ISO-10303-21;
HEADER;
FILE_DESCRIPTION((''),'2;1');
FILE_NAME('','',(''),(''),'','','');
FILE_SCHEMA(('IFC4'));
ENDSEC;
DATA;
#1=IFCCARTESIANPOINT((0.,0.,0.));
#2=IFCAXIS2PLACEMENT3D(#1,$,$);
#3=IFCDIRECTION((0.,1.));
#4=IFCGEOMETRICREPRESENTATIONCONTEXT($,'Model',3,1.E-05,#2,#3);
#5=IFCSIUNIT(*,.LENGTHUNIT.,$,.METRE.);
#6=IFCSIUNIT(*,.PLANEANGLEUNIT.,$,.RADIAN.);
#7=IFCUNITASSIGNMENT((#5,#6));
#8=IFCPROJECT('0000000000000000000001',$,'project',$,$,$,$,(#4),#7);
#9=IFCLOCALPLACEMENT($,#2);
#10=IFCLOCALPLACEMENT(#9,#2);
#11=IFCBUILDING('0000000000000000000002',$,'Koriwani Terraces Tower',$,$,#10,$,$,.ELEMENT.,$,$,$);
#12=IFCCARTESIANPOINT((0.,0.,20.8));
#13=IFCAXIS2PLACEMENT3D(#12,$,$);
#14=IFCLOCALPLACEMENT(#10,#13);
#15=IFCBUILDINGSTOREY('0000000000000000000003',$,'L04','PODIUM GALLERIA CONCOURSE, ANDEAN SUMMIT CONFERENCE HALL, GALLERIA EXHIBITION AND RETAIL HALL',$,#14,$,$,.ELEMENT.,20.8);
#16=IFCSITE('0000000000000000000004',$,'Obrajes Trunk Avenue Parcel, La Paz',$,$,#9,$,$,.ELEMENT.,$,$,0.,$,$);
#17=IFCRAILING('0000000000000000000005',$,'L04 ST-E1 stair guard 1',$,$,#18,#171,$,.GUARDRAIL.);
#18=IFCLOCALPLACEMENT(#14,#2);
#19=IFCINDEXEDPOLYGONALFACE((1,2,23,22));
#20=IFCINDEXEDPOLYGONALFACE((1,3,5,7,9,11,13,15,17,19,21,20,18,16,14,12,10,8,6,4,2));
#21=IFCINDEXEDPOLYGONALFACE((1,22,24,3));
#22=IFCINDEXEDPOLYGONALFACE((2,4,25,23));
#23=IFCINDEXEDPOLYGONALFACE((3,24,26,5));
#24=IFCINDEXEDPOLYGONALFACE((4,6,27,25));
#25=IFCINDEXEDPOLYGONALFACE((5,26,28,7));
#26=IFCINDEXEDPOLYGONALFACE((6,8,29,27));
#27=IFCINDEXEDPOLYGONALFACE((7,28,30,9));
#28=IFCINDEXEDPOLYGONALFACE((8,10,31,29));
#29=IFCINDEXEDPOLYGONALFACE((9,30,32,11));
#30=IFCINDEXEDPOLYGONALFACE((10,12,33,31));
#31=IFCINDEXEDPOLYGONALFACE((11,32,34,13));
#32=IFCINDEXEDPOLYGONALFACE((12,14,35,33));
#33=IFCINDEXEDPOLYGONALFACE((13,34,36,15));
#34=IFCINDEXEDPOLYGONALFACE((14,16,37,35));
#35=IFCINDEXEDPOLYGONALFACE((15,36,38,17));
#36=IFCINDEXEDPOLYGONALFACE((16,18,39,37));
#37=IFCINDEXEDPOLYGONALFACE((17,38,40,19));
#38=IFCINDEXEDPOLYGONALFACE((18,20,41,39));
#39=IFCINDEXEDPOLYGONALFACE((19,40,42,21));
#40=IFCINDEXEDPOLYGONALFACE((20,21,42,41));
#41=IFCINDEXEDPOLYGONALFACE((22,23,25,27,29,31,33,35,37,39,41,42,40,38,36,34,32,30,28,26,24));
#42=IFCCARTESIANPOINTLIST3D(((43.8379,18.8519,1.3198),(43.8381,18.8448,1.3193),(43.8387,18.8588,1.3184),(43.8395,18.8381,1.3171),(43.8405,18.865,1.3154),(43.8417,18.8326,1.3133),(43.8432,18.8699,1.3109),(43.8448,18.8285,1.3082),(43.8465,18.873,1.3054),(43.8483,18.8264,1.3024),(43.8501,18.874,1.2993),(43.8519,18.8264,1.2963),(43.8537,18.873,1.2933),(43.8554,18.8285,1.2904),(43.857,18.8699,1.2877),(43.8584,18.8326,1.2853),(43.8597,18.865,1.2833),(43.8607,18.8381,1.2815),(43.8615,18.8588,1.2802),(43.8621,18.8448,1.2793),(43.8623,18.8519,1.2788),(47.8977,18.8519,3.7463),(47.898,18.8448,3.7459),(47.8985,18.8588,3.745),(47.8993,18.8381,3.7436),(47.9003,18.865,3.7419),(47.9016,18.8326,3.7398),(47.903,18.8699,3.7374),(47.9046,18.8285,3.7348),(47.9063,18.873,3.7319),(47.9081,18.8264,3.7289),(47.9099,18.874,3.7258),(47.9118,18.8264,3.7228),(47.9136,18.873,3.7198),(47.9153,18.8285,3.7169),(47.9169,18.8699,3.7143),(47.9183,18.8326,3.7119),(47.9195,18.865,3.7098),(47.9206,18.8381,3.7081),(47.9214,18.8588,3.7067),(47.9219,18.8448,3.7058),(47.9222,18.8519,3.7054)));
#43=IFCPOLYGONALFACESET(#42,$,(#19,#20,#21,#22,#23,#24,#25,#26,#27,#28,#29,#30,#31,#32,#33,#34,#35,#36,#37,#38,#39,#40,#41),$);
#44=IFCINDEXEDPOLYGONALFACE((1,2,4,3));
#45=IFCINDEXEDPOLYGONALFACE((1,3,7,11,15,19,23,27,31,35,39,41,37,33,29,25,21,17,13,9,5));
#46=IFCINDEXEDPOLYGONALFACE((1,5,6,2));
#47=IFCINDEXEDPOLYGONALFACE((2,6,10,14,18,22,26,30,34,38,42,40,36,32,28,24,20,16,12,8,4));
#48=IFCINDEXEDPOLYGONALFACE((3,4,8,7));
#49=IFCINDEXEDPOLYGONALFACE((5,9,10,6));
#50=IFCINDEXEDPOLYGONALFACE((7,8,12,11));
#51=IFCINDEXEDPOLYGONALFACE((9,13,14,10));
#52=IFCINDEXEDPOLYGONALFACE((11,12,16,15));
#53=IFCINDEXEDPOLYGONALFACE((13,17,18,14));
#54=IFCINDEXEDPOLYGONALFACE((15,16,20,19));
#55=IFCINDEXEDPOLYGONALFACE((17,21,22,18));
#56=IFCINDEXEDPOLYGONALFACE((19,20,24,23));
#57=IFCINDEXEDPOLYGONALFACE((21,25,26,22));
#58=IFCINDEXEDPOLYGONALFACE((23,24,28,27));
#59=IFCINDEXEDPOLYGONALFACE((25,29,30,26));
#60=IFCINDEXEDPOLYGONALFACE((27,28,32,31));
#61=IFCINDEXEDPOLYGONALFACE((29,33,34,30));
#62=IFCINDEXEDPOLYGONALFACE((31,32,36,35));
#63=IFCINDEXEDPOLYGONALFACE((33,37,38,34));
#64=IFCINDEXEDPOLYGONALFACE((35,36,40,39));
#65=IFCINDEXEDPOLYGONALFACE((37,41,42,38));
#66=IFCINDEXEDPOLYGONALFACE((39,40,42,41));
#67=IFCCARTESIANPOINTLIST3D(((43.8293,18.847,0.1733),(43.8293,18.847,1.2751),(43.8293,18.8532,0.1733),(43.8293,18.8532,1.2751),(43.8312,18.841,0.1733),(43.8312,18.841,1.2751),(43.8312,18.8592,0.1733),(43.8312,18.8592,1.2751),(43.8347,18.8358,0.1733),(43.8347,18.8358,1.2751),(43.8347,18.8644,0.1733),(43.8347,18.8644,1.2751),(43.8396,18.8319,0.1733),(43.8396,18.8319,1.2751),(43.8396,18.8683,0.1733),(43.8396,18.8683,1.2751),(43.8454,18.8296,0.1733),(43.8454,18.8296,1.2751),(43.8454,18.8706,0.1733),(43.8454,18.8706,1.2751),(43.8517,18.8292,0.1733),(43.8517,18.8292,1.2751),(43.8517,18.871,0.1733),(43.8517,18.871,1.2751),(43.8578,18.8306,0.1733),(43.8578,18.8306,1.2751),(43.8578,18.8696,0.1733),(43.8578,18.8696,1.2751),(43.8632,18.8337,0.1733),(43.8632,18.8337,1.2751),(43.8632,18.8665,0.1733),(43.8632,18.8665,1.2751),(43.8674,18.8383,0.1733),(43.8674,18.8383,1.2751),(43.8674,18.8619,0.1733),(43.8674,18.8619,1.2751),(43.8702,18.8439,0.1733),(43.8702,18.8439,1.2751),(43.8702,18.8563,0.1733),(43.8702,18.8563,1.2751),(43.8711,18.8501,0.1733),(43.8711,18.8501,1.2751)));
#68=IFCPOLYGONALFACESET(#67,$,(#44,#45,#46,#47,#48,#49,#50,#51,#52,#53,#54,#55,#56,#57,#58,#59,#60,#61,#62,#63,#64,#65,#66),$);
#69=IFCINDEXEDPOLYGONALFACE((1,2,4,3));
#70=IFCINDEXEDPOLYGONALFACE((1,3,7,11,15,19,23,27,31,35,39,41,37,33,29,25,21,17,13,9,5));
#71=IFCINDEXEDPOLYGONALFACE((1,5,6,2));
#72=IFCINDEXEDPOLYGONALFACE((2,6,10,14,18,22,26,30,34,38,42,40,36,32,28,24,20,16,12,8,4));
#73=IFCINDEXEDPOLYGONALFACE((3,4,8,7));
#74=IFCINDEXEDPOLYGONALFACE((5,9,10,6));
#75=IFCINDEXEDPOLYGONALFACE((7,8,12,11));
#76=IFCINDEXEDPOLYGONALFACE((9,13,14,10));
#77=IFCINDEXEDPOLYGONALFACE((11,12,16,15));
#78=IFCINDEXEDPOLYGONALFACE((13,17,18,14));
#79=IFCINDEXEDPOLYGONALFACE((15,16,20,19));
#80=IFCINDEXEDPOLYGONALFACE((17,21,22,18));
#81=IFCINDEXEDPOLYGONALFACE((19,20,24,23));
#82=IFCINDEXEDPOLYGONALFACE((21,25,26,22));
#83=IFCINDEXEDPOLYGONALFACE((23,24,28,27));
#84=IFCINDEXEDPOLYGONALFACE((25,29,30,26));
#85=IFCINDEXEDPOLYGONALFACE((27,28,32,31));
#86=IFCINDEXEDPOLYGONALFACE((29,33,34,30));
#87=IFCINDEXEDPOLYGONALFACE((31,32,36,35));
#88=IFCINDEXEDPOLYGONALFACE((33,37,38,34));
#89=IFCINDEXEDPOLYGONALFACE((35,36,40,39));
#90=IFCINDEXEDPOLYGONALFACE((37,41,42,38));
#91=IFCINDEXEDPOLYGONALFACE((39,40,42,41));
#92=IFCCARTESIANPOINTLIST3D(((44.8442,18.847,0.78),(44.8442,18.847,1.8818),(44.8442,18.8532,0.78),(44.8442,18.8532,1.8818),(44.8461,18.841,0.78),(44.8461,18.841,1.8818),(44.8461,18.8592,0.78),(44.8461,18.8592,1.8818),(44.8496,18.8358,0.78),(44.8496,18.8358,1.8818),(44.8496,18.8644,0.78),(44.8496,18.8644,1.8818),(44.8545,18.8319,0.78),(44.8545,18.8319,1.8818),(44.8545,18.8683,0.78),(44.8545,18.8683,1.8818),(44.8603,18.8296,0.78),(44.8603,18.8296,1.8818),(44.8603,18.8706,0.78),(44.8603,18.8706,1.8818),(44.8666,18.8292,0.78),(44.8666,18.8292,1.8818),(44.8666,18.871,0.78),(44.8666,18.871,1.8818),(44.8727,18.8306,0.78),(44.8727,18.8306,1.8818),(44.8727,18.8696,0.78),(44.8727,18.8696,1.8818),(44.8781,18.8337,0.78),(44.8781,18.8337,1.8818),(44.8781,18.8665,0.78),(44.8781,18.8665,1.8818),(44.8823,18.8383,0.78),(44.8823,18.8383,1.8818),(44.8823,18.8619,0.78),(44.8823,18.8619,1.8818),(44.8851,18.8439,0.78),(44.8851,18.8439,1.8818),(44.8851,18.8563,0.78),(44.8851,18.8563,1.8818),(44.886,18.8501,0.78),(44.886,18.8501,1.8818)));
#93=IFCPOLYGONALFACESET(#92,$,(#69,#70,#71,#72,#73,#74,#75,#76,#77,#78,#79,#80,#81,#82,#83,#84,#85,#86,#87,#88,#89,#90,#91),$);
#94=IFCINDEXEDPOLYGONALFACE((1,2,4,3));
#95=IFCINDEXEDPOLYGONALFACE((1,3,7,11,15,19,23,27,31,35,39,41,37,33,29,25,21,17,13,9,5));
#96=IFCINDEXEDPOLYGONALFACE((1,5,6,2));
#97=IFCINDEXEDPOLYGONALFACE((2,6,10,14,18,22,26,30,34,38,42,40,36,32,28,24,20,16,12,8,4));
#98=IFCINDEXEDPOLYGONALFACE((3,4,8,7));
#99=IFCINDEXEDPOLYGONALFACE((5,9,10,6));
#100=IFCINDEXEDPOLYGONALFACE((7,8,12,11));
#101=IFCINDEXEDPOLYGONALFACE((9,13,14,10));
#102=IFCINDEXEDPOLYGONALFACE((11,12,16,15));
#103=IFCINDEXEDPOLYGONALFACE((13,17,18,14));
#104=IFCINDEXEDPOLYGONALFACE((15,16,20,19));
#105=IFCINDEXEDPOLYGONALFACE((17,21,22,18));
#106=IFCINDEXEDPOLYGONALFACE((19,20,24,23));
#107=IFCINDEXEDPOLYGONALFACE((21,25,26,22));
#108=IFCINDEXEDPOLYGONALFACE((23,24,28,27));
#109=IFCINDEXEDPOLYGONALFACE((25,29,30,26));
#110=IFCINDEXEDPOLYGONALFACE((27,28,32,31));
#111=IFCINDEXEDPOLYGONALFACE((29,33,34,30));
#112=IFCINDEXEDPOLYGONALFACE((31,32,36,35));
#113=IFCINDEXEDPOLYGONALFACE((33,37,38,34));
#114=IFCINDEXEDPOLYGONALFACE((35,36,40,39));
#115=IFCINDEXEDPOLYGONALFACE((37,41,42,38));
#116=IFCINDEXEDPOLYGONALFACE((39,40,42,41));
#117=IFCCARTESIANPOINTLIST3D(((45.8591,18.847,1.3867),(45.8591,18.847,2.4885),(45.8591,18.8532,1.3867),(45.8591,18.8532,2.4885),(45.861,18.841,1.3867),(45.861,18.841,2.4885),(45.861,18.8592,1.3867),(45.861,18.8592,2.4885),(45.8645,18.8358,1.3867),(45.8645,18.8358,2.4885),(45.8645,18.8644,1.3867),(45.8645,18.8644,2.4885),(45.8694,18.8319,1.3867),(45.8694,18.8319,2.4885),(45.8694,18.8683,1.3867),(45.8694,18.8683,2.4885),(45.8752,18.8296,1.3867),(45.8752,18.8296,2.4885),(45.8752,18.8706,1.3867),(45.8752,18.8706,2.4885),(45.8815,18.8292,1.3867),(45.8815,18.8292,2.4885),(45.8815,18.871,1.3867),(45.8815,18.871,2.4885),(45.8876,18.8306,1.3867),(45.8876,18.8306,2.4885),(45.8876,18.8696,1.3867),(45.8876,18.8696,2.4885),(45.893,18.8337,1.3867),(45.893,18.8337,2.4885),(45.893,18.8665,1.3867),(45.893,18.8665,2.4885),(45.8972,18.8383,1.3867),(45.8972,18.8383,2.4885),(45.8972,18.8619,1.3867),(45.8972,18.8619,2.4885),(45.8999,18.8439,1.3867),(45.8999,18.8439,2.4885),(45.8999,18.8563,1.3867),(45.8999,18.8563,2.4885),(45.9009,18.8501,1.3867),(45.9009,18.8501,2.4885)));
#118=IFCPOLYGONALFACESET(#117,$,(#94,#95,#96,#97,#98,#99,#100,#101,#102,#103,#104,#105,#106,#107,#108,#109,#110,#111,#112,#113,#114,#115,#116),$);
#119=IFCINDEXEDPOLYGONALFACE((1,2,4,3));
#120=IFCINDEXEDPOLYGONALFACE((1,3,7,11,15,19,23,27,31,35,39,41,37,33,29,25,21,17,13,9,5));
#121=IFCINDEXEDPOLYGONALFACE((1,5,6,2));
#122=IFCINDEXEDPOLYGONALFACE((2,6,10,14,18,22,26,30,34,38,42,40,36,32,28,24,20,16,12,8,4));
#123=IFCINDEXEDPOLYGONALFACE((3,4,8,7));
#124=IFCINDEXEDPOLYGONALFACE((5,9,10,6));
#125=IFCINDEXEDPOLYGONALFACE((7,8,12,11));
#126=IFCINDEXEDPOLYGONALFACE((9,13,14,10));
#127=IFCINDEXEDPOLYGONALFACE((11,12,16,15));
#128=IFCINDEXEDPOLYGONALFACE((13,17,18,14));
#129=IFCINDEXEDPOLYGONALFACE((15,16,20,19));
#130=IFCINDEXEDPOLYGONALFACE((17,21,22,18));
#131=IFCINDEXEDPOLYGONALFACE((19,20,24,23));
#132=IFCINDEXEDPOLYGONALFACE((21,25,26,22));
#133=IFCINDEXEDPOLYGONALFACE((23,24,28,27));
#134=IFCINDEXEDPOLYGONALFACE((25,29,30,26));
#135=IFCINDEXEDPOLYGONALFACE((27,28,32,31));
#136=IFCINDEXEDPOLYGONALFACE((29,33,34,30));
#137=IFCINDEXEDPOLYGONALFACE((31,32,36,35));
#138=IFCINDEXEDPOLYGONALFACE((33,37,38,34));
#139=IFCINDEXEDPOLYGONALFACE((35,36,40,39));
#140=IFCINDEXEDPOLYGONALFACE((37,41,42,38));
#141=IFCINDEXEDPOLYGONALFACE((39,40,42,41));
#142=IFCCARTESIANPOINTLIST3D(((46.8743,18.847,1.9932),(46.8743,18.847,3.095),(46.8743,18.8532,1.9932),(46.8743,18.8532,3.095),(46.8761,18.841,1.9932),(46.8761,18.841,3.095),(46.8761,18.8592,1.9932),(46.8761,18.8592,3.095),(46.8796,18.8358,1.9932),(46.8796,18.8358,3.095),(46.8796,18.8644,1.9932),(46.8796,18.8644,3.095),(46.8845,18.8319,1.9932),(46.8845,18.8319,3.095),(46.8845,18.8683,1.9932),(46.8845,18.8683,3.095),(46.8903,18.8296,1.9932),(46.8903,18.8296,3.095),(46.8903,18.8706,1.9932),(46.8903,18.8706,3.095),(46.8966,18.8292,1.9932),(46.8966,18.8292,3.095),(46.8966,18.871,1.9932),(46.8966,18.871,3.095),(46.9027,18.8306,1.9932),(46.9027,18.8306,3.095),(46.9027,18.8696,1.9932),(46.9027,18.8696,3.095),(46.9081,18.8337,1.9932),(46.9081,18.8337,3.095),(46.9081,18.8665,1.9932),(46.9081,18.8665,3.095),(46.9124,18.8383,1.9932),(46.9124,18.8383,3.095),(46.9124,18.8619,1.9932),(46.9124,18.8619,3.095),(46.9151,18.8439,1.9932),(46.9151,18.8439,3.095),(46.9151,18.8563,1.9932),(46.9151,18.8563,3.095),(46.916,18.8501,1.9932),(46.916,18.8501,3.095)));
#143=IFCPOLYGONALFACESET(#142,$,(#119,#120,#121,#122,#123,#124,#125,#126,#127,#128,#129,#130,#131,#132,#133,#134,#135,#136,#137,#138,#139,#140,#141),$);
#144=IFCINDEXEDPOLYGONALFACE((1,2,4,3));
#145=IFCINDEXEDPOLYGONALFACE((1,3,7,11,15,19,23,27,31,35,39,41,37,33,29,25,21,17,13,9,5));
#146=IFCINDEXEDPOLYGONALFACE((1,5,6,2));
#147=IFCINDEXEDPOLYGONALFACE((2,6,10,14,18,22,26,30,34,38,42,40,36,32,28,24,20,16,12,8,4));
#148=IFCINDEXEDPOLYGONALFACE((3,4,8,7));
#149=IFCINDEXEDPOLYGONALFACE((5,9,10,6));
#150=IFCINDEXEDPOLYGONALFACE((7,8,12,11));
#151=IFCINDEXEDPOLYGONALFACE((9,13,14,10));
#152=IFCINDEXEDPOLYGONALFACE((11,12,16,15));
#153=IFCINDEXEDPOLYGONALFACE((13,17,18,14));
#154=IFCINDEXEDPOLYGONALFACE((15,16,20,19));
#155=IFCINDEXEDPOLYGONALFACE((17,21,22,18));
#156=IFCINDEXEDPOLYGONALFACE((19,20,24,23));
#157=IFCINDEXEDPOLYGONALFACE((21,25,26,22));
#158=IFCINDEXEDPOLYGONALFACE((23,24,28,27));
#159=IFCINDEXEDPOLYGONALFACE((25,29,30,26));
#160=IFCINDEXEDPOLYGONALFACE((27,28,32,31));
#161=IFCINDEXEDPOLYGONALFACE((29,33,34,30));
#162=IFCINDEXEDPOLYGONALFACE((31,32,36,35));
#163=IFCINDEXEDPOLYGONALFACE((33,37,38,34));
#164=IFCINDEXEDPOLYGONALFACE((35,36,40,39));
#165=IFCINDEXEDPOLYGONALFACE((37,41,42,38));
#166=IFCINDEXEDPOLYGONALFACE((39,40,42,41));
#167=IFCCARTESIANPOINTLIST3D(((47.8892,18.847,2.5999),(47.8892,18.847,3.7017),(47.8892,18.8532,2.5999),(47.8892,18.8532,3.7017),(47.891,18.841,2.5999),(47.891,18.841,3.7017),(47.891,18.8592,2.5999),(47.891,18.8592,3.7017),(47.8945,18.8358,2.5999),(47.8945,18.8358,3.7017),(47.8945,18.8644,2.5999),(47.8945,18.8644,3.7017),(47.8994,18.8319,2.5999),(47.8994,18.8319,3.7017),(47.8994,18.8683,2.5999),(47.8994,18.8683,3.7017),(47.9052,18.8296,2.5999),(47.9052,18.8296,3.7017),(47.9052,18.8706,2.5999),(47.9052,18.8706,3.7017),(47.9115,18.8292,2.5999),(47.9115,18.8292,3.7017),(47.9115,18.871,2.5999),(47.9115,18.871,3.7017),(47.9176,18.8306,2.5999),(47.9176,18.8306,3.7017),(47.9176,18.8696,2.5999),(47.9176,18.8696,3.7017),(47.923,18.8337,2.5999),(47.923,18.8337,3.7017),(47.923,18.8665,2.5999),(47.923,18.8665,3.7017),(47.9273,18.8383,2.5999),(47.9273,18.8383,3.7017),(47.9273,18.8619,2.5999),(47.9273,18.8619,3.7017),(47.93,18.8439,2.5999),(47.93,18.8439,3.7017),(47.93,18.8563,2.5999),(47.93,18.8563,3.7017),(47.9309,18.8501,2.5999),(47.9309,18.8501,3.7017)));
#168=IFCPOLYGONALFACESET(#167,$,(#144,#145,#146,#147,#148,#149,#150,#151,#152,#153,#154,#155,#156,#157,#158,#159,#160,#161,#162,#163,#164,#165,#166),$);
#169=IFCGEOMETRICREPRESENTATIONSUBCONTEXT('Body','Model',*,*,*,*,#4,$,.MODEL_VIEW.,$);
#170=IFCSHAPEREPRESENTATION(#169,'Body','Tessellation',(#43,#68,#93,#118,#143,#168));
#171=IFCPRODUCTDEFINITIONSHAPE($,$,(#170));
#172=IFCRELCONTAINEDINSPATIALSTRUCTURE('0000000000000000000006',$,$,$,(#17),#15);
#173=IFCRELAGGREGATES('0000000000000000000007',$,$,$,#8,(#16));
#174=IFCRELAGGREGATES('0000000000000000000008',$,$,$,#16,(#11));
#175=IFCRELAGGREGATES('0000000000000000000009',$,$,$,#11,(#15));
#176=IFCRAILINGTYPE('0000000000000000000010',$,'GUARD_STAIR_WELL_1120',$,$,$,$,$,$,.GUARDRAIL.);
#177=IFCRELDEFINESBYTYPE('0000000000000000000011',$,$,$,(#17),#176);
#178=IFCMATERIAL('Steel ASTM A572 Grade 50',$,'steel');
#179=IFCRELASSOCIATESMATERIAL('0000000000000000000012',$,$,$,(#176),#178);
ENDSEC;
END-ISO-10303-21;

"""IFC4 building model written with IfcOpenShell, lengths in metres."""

from ifc_helpers import new_model, si_unit, direction, frame, origin, origin_2d, place, context, subcontext, project, spatial, circle, extrude, material, type_object, element, save


model = new_model("IFC4")

# Units and contexts
model_context = context("Model", 3, precision=1e-05, world=origin(), true_north=direction((0.0, 1.0)))
body_context = subcontext(model_context, "Body", "Model", "MODEL_VIEW")
ifc_project = project(units=[si_unit("LENGTHUNIT", "METRE"), si_unit("PLANEANGLEUNIT", "RADIAN")], contexts=[model_context])

# Site, building, storey
site_placement = place(None, origin())
site = spatial("IfcSite", under=ifc_project, at=site_placement, Name="Obrajes Trunk Avenue Parcel, La Paz", CompositionType="ELEMENT", RefElevation=0.0)
building_placement = place(site_placement, origin())
building = spatial("IfcBuilding", under=site, at=building_placement, Name="Koriwani Terraces Tower", CompositionType="ELEMENT")
storey_placement = place(building_placement, frame((0.0, 0.0, 20.8)))
storey = spatial("IfcBuildingStorey", under=building, at=storey_placement, Name="L04", Description="PODIUM GALLERIA CONCOURSE, ANDEAN SUMMIT CONFERENCE HALL, GALLERIA EXHIBITION AND RETAIL HALL", CompositionType="ELEMENT", Elevation=20.8)

# Shared definitions
ifc_material_1 = material(Name="Steel ASTM A572 Grade 50", Category="steel")

# Railing
railing_type_1 = type_object("IfcRailingType", Name="GUARD_STAIR_WELL_1120", PredefinedType="GUARDRAIL", material=ifc_material_1)
railing_1_placement = place(storey_placement, frame((43.8501, 18.8501, 0.1733)))
element("IfcRailing", 1, at=railing_1_placement, inside=storey, type_object=railing_type_1, Name="L04 ST-E1 stair guard 1", PredefinedType="GUARDRAIL", context=body_context, shape_type="SweptSolid", body=[
    extrude(circle(Radius=0.0239, at=origin_2d()), frame((0.0, 0.0, 1.126), z_axis=(0.858366, 0.0, 0.513038), x_axis=(0.0, 1.0, 0.0)), (0.0, 0.0, 1.0), 4.7297),
    extrude(circle(Radius=0.021, at=origin_2d()), origin(), (0.0, 0.0, 1.0), 1.1018),
    extrude(circle(Radius=0.021, at=origin_2d()), frame((1.0149, 0.0, 0.6067)), (0.0, 0.0, 1.0), 1.1018),
    extrude(circle(Radius=0.021, at=origin_2d()), frame((2.0298, 0.0, 1.2134)), (0.0, 0.0, 1.0), 1.1018),
    extrude(circle(Radius=0.021, at=origin_2d()), frame((3.0449, 0.0, 1.8198)), (0.0, 0.0, 1.0), 1.1018),
    extrude(circle(Radius=0.021, at=origin_2d()), frame((4.0598, 0.0, 2.4265)), (0.0, 0.0, 1.0), 1.1018),
])

save(model, "model.ifc")
